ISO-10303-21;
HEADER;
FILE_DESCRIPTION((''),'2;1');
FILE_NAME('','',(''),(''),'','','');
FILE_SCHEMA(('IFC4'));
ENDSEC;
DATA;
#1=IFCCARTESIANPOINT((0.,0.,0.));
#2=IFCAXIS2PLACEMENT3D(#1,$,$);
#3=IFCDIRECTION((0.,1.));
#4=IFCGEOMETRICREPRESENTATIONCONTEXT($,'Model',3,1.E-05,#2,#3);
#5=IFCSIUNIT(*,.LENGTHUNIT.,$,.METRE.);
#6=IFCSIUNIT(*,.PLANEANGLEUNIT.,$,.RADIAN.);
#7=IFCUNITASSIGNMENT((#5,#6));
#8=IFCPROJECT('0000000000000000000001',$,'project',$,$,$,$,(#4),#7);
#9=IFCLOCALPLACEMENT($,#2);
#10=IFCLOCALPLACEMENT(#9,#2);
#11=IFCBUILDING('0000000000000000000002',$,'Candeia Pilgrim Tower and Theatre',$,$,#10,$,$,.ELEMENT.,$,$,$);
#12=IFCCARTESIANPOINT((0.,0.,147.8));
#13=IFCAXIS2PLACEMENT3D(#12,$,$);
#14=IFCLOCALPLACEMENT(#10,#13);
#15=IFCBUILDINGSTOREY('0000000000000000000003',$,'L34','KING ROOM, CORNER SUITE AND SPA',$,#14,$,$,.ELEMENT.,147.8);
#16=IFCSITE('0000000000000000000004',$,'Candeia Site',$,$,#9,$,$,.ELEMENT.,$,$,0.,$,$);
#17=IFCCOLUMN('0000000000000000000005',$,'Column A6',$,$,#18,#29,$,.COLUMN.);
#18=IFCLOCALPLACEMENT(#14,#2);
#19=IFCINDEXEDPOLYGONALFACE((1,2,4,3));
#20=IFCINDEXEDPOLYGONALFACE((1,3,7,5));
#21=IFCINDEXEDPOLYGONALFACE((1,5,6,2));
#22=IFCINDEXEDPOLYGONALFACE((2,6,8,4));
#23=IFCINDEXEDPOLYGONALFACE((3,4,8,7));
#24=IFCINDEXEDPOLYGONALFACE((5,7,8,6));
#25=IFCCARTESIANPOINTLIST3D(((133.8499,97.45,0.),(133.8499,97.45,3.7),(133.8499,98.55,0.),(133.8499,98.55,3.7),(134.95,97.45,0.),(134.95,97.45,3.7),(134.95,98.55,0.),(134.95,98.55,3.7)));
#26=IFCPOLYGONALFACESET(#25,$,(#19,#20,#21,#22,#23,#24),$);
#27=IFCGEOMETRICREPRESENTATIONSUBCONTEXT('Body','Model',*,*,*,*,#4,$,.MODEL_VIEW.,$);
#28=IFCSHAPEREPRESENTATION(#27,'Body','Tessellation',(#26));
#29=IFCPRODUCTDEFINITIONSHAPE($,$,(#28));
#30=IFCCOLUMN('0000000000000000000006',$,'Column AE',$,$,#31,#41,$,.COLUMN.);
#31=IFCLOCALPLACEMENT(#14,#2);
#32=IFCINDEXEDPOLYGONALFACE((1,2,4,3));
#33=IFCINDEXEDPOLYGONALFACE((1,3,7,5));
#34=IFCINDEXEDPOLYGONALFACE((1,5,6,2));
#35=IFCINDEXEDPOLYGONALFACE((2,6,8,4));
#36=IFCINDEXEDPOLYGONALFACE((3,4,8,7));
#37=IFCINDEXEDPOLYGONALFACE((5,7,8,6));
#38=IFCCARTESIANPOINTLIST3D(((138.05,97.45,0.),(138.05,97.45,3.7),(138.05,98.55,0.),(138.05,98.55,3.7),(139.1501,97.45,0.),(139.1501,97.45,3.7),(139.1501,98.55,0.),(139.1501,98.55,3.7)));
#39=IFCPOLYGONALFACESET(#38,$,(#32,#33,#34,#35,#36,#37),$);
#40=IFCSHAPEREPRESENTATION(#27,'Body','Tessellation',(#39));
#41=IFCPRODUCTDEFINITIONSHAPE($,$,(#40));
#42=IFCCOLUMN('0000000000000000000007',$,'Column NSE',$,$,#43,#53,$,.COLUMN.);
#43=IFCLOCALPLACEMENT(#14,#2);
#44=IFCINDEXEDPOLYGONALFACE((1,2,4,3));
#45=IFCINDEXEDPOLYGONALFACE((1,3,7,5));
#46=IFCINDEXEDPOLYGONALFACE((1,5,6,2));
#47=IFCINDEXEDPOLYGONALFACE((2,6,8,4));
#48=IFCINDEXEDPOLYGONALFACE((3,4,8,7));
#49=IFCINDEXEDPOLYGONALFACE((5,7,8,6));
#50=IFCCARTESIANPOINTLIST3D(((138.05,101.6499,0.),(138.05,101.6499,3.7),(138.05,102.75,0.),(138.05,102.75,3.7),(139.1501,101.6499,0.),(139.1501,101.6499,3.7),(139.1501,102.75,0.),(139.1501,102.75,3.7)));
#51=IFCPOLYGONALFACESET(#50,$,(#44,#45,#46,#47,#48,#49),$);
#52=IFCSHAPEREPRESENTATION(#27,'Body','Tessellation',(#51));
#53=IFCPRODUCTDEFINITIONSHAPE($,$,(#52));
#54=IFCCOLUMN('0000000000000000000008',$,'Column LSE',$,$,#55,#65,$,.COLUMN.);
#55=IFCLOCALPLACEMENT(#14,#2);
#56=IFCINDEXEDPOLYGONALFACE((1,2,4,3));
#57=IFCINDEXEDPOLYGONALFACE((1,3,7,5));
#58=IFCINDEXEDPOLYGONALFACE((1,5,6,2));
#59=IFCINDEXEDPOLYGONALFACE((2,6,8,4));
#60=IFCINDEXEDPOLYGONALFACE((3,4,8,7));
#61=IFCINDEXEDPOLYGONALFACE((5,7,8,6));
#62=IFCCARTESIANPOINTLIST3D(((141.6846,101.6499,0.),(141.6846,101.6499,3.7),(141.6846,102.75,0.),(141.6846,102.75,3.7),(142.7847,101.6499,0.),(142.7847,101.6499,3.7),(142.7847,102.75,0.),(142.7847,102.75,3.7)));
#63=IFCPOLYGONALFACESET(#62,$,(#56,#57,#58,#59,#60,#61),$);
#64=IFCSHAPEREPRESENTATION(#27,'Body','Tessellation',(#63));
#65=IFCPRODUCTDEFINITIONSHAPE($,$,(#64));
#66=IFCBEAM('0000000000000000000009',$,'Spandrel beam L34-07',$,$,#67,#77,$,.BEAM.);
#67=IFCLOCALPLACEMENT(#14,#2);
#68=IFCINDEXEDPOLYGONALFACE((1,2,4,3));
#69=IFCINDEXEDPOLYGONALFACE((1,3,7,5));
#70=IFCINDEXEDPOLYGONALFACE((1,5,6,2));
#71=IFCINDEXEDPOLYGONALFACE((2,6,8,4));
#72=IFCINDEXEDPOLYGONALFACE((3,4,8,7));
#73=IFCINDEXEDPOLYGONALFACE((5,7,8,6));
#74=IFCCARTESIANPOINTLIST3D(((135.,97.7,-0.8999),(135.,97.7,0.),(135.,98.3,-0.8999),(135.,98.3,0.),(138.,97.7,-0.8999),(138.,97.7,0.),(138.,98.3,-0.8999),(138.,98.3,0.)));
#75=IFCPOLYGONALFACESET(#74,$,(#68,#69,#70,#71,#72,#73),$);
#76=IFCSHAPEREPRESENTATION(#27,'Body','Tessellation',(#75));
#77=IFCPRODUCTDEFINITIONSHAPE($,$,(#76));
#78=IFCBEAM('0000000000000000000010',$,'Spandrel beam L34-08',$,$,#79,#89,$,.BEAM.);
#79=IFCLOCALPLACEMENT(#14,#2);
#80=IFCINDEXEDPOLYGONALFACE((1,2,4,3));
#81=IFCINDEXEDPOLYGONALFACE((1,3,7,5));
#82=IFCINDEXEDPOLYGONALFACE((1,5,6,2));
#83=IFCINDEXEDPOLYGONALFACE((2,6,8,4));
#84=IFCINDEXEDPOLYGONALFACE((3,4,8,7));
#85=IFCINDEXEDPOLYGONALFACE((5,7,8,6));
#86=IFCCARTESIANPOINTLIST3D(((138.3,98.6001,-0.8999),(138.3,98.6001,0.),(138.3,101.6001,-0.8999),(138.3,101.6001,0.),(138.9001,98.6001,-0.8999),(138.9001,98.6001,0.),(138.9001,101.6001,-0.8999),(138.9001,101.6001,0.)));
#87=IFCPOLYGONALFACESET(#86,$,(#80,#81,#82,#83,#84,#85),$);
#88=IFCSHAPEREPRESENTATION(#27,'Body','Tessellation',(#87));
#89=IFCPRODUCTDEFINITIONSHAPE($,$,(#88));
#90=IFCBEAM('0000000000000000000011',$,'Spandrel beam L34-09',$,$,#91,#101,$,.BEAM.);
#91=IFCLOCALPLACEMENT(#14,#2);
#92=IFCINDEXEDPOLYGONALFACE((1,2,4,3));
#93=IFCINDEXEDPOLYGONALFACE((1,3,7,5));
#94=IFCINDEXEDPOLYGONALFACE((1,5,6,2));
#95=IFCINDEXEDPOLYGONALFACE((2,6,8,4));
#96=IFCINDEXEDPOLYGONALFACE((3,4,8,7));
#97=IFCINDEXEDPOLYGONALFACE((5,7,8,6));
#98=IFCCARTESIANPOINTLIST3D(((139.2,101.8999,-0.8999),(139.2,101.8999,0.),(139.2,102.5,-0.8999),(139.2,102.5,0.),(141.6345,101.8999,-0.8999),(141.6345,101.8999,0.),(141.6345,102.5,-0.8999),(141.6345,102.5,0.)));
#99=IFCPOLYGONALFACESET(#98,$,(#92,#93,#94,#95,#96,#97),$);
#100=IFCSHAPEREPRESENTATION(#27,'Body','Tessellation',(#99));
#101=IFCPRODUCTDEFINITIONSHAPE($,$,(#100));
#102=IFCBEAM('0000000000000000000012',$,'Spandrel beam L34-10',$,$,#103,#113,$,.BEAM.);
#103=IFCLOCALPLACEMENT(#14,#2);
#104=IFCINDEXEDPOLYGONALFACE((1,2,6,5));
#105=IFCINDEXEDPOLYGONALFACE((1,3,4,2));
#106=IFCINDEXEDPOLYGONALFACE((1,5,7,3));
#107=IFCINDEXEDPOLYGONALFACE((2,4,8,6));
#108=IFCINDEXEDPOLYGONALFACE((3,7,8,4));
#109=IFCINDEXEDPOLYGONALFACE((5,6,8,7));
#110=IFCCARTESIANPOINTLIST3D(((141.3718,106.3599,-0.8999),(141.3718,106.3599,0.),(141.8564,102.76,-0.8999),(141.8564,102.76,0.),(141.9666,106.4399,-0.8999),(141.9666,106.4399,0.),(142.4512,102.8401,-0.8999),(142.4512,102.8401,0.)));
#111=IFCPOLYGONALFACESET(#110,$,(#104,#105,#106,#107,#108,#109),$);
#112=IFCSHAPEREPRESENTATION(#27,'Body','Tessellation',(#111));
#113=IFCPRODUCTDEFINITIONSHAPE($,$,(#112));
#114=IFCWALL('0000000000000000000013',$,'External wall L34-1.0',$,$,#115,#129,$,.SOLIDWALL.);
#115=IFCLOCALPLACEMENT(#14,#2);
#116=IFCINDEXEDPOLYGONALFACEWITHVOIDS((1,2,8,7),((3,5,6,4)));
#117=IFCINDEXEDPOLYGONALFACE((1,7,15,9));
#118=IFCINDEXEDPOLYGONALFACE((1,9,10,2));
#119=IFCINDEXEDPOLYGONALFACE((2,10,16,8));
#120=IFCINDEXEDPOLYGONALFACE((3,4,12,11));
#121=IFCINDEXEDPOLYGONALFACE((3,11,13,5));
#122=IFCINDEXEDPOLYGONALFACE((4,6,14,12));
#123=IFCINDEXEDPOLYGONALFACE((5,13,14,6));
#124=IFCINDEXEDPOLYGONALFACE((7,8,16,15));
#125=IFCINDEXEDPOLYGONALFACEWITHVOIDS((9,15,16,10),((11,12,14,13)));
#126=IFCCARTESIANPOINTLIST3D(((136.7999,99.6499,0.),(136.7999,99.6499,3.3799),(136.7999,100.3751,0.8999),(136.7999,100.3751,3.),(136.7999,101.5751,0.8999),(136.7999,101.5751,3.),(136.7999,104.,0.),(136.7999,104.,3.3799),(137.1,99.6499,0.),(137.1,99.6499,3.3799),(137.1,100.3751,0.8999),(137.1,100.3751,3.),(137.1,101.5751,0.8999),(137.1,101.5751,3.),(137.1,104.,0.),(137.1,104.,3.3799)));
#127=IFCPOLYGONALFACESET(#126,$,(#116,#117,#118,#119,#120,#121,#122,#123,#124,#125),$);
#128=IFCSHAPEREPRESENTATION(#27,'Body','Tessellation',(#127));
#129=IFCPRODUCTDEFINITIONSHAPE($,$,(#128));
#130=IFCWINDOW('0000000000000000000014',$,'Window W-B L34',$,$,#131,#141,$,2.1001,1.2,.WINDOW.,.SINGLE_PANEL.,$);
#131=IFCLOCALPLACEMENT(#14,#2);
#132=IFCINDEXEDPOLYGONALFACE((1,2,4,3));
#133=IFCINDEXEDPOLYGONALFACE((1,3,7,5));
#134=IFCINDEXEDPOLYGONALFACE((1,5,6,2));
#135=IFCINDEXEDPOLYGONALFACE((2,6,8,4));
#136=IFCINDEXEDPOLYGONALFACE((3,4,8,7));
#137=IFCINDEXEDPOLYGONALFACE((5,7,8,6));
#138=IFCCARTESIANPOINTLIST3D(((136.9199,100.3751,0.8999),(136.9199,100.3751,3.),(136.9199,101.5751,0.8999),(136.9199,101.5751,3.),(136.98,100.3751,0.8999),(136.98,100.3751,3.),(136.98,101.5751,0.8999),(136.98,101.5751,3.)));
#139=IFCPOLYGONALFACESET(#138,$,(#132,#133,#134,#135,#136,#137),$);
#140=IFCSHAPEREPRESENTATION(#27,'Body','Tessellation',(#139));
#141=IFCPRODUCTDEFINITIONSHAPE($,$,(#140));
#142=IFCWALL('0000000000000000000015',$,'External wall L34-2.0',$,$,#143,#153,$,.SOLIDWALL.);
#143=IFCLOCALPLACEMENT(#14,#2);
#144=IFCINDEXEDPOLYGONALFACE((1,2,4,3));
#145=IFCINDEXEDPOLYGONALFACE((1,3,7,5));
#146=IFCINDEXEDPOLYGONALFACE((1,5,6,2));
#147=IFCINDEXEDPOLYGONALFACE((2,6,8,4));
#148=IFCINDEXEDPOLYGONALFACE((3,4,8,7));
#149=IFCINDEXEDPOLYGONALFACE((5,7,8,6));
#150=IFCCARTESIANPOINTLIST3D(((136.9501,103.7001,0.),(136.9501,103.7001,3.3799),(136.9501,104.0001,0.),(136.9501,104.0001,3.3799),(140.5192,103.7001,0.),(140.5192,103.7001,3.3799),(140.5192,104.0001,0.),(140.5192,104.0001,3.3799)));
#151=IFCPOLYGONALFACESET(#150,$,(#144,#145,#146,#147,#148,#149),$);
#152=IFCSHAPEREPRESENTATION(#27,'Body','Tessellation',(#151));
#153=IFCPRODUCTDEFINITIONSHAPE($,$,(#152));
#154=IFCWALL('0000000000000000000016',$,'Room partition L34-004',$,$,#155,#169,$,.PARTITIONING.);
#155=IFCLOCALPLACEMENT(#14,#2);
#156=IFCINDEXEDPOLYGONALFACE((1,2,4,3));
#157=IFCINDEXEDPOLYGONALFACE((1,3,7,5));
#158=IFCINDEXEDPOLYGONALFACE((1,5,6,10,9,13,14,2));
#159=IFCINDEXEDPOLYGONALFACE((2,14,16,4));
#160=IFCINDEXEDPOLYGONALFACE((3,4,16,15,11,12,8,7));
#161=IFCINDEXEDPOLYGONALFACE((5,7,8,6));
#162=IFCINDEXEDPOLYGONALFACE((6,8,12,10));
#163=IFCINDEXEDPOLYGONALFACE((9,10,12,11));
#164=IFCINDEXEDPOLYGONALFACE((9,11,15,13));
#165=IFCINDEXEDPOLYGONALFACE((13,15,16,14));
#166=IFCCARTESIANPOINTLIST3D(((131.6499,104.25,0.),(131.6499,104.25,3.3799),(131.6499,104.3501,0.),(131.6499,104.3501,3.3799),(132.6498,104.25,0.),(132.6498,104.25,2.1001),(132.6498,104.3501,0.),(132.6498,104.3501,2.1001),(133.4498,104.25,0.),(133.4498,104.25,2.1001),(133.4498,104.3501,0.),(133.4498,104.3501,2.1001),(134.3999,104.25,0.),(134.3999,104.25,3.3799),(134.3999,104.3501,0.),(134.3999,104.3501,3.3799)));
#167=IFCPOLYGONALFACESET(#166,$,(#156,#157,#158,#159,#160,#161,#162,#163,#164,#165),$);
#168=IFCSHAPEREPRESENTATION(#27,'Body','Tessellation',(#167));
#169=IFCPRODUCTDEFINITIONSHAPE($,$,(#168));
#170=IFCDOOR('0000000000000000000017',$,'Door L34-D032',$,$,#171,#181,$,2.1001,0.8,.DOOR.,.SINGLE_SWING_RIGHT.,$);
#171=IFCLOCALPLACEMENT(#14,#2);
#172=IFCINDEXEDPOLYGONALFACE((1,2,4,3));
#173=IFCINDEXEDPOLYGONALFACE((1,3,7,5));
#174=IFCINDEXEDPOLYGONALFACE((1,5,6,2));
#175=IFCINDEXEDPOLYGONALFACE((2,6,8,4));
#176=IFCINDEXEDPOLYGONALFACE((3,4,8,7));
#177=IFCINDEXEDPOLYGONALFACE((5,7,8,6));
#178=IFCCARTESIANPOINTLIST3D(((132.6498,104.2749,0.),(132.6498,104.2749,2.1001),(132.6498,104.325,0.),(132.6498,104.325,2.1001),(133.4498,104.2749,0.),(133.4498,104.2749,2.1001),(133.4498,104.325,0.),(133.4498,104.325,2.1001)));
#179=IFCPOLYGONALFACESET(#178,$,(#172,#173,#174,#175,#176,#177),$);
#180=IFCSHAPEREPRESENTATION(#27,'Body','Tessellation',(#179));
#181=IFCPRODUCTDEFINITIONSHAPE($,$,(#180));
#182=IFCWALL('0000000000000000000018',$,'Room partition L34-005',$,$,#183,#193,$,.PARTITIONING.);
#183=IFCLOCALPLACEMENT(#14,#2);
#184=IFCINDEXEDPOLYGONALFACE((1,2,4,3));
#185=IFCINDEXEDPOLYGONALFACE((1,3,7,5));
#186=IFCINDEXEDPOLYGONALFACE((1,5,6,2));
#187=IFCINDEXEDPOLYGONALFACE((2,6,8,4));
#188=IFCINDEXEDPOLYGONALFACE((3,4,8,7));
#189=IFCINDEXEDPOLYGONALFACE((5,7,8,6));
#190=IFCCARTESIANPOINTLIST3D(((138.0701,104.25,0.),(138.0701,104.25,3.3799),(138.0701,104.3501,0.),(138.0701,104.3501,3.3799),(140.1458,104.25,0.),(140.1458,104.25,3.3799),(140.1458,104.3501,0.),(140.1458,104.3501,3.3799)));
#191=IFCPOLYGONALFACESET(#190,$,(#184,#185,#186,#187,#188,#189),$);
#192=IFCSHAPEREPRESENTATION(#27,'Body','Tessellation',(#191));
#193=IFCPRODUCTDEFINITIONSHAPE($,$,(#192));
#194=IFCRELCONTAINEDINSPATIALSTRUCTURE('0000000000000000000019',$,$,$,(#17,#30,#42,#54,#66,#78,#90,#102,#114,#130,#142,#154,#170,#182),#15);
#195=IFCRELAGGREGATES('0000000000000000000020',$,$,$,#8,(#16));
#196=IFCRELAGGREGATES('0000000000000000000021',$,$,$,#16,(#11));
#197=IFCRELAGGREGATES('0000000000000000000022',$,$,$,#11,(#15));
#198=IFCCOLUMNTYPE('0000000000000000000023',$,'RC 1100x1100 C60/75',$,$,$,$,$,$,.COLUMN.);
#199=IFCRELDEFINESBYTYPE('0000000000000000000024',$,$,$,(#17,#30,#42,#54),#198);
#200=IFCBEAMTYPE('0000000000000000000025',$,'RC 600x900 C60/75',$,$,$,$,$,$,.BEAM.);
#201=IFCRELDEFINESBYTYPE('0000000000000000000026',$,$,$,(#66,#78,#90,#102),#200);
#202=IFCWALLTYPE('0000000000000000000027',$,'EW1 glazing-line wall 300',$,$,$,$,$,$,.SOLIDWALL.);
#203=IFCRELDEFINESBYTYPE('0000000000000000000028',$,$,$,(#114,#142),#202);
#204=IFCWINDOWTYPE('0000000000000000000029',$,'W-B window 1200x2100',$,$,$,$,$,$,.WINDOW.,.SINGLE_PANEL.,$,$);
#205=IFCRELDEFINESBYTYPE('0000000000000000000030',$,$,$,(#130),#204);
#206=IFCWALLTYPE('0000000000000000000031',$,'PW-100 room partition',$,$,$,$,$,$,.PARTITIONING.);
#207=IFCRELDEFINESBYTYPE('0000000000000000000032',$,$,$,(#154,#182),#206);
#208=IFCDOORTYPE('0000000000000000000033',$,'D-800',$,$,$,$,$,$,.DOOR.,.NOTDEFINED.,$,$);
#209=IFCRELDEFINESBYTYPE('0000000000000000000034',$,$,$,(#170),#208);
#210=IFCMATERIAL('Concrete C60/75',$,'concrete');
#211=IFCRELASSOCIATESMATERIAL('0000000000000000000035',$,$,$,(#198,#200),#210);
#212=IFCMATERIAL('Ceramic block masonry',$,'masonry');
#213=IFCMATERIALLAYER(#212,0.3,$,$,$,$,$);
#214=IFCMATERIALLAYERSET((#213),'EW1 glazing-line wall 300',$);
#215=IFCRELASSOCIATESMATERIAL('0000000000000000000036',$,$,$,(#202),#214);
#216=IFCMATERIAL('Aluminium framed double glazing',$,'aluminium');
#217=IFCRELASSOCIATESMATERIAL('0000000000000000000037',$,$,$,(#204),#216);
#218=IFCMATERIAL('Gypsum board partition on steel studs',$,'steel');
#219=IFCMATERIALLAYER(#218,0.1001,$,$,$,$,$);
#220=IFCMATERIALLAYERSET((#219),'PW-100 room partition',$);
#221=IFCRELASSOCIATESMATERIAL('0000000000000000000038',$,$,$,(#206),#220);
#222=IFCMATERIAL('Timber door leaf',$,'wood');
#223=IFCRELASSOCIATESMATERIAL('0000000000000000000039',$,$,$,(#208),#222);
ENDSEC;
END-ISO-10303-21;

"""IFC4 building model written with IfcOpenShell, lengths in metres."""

from ifc_helpers import new_model, si_unit, direction, frame, frame_2d, origin, origin_2d, place, context, subcontext, project, spatial, rectangle, extrude, material, layer, layer_set, material_profile, profile_set, type_object, element, fill, save


model = new_model("IFC4")

# Units and contexts
model_context = context("Model", 3, precision=1e-05, world=origin(), true_north=direction((0.0, 1.0)))
body_context = subcontext(model_context, "Body", "Model", "MODEL_VIEW")
ifc_project = project(units=[si_unit("LENGTHUNIT", "METRE"), si_unit("PLANEANGLEUNIT", "RADIAN")], contexts=[model_context])

# Site, building, storey
site_placement = place(None, origin())
site = spatial("IfcSite", under=ifc_project, at=site_placement, Name="Candeia Site", CompositionType="ELEMENT", RefElevation=0.0)
building_placement = place(site_placement, origin())
building = spatial("IfcBuilding", under=site, at=building_placement, Name="Candeia Pilgrim Tower and Theatre", CompositionType="ELEMENT")
storey_placement = place(building_placement, frame((0.0, 0.0, 147.8)))
storey = spatial("IfcBuildingStorey", under=building, at=storey_placement, Name="L34", Description="KING ROOM, CORNER SUITE AND SPA", CompositionType="ELEMENT", Elevation=147.8)

# Columns
ifc_material_1 = material(Name="Concrete C60/75", Category="concrete")
ifc_material_profile_1 = material_profile(ifc_material_1, rectangle(XDim=1.1001, YDim=1.1001, at=origin_2d()))
ifc_profile_set_1 = profile_set([ifc_material_profile_1], Name="Concrete C60/75")
column_type = type_object("IfcColumnType", Name="RC 1100x1100 C60/75", PredefinedType="COLUMN", material=ifc_profile_set_1)
for number, where, z_axis, x_axis, name in (
    (1, (134.3999, 98.0, 0.0), (0.0, 0.0, 1.0), (1.0, 0.0, 0.0), "Column A6"),
    (2, (138.6001, 98.0, 0.0), (0.0, 0.0, 1.0), (1.0, 0.0, 0.0), "Column AE"),
    (3, (138.6001, 102.2, 0.0), (0.0, 0.0, 1.0), (1.0, 0.0, 0.0), "Column NSE"),
    (4, (142.2346, 102.2, 0.0), (0.0, 0.0, 1.0), (1.0, 0.0, 0.0), "Column LSE"),
):
    element("IfcColumn", number, at=place(storey_placement, frame(where, z_axis=z_axis, x_axis=x_axis)), inside=storey, type_object=column_type, Name=name, PredefinedType="COLUMN", context=body_context, shape_type="SweptSolid", body=[
        extrude(rectangle(XDim=1.1001, YDim=1.1001, at=origin_2d()), origin(), (0.0, 0.0, 1.0), 3.7),
    ])

# Beams
ifc_material_profile_2 = material_profile(ifc_material_1, rectangle(XDim=0.6001, YDim=0.8999, at=origin_2d()))
ifc_profile_set_2 = profile_set([ifc_material_profile_2], Name="Concrete C60/75")
beam_type = type_object("IfcBeamType", Name="RC 600x900 C60/75", PredefinedType="BEAM", material=ifc_profile_set_2)
for number, where, z_axis, x_axis, name in (
    (5, (135.0, 98.0, -0.45), (1.0, 0.0, 0.0), (0.0, 1.0, 0.0), "Spandrel beam L34-07"),
    (6, (138.6001, 98.6001, -0.45), (0.0, 1.0, 0.0), (-1.0, 0.0, 0.0), "Spandrel beam L34-08"),
):
    element("IfcBeam", number, at=place(storey_placement, frame(where, z_axis=z_axis, x_axis=x_axis)), inside=storey, type_object=beam_type, Name=name, PredefinedType="BEAM", context=body_context, shape_type="SweptSolid", body=[
        extrude(rectangle(XDim=0.6001, YDim=0.8999, at=origin_2d()), origin(), (0.0, 0.0, 1.0), 3.0),
    ])
beam_1_placement = place(storey_placement, frame((139.2, 102.2, -0.45), z_axis=(1.0, 0.0, 0.0), x_axis=(0.0, 1.0, 0.0)))
element("IfcBeam", 7, at=beam_1_placement, inside=storey, type_object=beam_type, Name="Spandrel beam L34-09", PredefinedType="BEAM", context=body_context, shape_type="SweptSolid", body=[
    extrude(rectangle(XDim=0.6001, YDim=0.8999, at=origin_2d()), origin(), (0.0, 0.0, 1.0), 2.4346),
])
beam_2_placement = place(storey_placement, frame((142.1538, 102.8, -0.45), z_axis=(-0.133418, 0.99106, 0.0), x_axis=(-0.99106, -0.133418, 0.0)))
element("IfcBeam", 8, at=beam_2_placement, inside=storey, type_object=beam_type, Name="Spandrel beam L34-10", PredefinedType="BEAM", context=body_context, shape_type="SweptSolid", body=[
    extrude(rectangle(XDim=0.6001, YDim=0.8999, at=origin_2d()), origin(), (0.0, 0.0, 1.0), 3.6323),
])

# Wall, opening, window
ifc_material_2 = material(Name="Ceramic block masonry", Category="masonry")
ifc_layer_1 = layer(ifc_material_2, 0.3)
ifc_layer_set_1 = layer_set([ifc_layer_1], Name="EW1 glazing-line wall 300")
wall_type_1 = type_object("IfcWallType", Name="EW1 glazing-line wall 300", PredefinedType="SOLIDWALL", material=ifc_layer_set_1)
wall_1_placement = place(storey_placement, frame((136.95, 99.6499, 0.0), z_axis=(0.0, 0.0, 1.0), x_axis=(0.0, 1.0, 0.0)))
wall_1 = element("IfcWall", 9, at=wall_1_placement, inside=storey, type_object=wall_type_1, Name="External wall L34-1.0", PredefinedType="SOLIDWALL", context=body_context, shape_type="SweptSolid", body=[
    extrude(rectangle(XDim=4.3501, YDim=0.3, at=frame_2d((2.175, 0.0))), origin(), (0.0, 0.0, 1.0), 3.3799),
])
opening_1_placement = place(wall_1_placement, frame((0.7251, 0.0, 0.8999)))
opening_1 = element("IfcOpeningElement", 10, at=opening_1_placement, cuts=wall_1, PredefinedType="OPENING", context=body_context, shape_type="SweptSolid", body=[
    extrude(rectangle(XDim=1.2, YDim=2.1001, at=frame_2d((0.6001, 1.05))), frame((0.0, 0.1602, 0.0), z_axis=(0.0, -1.0, 0.0), x_axis=(1.0, 0.0, 0.0)), (0.0, 0.0, 1.0), 0.3201),
])
ifc_material_3 = material(Name="Aluminium framed double glazing", Category="aluminium")
window_type = type_object("IfcWindowType", Name="W-B window 1200x2100", PartitioningType="SINGLE_PANEL", PredefinedType="WINDOW", material=ifc_material_3)
window_1_placement = place(opening_1_placement, origin())
window_1 = element("IfcWindow", 11, at=window_1_placement, inside=storey, type_object=window_type, Name="Window W-B L34", OverallHeight=2.1001, OverallWidth=1.2, PartitioningType="SINGLE_PANEL", PredefinedType="WINDOW", context=body_context, shape_type="SweptSolid", body=[
    extrude(rectangle(XDim=1.2, YDim=2.1001, at=frame_2d((0.6001, 1.05))), frame((0.0, 0.03, 0.0), z_axis=(0.0, -1.0, 0.0), x_axis=(1.0, 0.0, 0.0)), (0.0, 0.0, 1.0), 0.0601),
])
fill(opening_1, window_1)

# Wall
wall_2_placement = place(storey_placement, frame((136.95, 103.8501, 0.0), z_axis=(0.0, 0.0, 1.0), x_axis=(1.0, 0.0, 0.0)))
element("IfcWall", 12, at=wall_2_placement, inside=storey, type_object=wall_type_1, Name="External wall L34-2.0", PredefinedType="SOLIDWALL", context=body_context, shape_type="SweptSolid", body=[
    extrude(rectangle(XDim=3.5691, YDim=0.3, at=frame_2d((1.7847, 0.0))), origin(), (0.0, 0.0, 1.0), 3.3799),
])

# Wall, opening, door
ifc_material_4 = material(Name="Gypsum board partition on steel studs", Category="steel")
ifc_layer_2 = layer(ifc_material_4, 0.1001)
ifc_layer_set_2 = layer_set([ifc_layer_2], Name="PW-100 room partition")
wall_type_2 = type_object("IfcWallType", Name="PW-100 room partition", PredefinedType="PARTITIONING", material=ifc_layer_set_2)
wall_3_placement = place(storey_placement, frame((131.6499, 104.3, 0.0), z_axis=(0.0, 0.0, 1.0), x_axis=(1.0, 0.0, 0.0)))
wall_3 = element("IfcWall", 13, at=wall_3_placement, inside=storey, type_object=wall_type_2, Name="Room partition L34-004", PredefinedType="PARTITIONING", context=body_context, shape_type="SweptSolid", body=[
    extrude(rectangle(XDim=2.75, YDim=0.1001, at=frame_2d((1.375, 0.0))), origin(), (0.0, 0.0, 1.0), 3.3799),
])
opening_2_placement = place(wall_3_placement, frame((1.0, 0.0, 0.0)))
opening_2 = element("IfcOpeningElement", 14, at=opening_2_placement, cuts=wall_3, PredefinedType="OPENING", context=body_context, shape_type="SweptSolid", body=[
    extrude(rectangle(XDim=0.8, YDim=2.1001, at=frame_2d((0.3999, 1.05))), frame((0.0, 0.0601, 0.0), z_axis=(0.0, -1.0, 0.0), x_axis=(1.0, 0.0, 0.0)), (0.0, 0.0, 1.0), 0.1201),
])
ifc_material_5 = material(Name="Timber door leaf", Category="wood")
door_type_1 = type_object("IfcDoorType", Name="D-800", OperationType="NOTDEFINED", PredefinedType="DOOR", material=ifc_material_5)
door_1_placement = place(opening_2_placement, origin())
door_1 = element("IfcDoor", 15, at=door_1_placement, inside=storey, type_object=door_type_1, Name="Door L34-D032", OperationType="SINGLE_SWING_RIGHT", OverallHeight=2.1001, OverallWidth=0.8, PredefinedType="DOOR", context=body_context, shape_type="SweptSolid", body=[
    extrude(rectangle(XDim=0.8, YDim=2.1001, at=frame_2d((0.3999, 1.05))), frame((0.0, 0.0249, 0.0), z_axis=(0.0, -1.0, 0.0), x_axis=(1.0, 0.0, 0.0)), (0.0, 0.0, 1.0), 0.05),
])
fill(opening_2, door_1)

# Wall
wall_4_placement = place(storey_placement, frame((138.0701, 104.3, 0.0), z_axis=(0.0, 0.0, 1.0), x_axis=(1.0, 0.0, 0.0)))
element("IfcWall", 16, at=wall_4_placement, inside=storey, type_object=wall_type_2, Name="Room partition L34-005", PredefinedType="PARTITIONING", context=body_context, shape_type="SweptSolid", body=[
    extrude(rectangle(XDim=2.0757, YDim=0.1001, at=frame_2d((1.0378, 0.0))), origin(), (0.0, 0.0, 1.0), 3.3799),
])

save(model, "model.ifc")
